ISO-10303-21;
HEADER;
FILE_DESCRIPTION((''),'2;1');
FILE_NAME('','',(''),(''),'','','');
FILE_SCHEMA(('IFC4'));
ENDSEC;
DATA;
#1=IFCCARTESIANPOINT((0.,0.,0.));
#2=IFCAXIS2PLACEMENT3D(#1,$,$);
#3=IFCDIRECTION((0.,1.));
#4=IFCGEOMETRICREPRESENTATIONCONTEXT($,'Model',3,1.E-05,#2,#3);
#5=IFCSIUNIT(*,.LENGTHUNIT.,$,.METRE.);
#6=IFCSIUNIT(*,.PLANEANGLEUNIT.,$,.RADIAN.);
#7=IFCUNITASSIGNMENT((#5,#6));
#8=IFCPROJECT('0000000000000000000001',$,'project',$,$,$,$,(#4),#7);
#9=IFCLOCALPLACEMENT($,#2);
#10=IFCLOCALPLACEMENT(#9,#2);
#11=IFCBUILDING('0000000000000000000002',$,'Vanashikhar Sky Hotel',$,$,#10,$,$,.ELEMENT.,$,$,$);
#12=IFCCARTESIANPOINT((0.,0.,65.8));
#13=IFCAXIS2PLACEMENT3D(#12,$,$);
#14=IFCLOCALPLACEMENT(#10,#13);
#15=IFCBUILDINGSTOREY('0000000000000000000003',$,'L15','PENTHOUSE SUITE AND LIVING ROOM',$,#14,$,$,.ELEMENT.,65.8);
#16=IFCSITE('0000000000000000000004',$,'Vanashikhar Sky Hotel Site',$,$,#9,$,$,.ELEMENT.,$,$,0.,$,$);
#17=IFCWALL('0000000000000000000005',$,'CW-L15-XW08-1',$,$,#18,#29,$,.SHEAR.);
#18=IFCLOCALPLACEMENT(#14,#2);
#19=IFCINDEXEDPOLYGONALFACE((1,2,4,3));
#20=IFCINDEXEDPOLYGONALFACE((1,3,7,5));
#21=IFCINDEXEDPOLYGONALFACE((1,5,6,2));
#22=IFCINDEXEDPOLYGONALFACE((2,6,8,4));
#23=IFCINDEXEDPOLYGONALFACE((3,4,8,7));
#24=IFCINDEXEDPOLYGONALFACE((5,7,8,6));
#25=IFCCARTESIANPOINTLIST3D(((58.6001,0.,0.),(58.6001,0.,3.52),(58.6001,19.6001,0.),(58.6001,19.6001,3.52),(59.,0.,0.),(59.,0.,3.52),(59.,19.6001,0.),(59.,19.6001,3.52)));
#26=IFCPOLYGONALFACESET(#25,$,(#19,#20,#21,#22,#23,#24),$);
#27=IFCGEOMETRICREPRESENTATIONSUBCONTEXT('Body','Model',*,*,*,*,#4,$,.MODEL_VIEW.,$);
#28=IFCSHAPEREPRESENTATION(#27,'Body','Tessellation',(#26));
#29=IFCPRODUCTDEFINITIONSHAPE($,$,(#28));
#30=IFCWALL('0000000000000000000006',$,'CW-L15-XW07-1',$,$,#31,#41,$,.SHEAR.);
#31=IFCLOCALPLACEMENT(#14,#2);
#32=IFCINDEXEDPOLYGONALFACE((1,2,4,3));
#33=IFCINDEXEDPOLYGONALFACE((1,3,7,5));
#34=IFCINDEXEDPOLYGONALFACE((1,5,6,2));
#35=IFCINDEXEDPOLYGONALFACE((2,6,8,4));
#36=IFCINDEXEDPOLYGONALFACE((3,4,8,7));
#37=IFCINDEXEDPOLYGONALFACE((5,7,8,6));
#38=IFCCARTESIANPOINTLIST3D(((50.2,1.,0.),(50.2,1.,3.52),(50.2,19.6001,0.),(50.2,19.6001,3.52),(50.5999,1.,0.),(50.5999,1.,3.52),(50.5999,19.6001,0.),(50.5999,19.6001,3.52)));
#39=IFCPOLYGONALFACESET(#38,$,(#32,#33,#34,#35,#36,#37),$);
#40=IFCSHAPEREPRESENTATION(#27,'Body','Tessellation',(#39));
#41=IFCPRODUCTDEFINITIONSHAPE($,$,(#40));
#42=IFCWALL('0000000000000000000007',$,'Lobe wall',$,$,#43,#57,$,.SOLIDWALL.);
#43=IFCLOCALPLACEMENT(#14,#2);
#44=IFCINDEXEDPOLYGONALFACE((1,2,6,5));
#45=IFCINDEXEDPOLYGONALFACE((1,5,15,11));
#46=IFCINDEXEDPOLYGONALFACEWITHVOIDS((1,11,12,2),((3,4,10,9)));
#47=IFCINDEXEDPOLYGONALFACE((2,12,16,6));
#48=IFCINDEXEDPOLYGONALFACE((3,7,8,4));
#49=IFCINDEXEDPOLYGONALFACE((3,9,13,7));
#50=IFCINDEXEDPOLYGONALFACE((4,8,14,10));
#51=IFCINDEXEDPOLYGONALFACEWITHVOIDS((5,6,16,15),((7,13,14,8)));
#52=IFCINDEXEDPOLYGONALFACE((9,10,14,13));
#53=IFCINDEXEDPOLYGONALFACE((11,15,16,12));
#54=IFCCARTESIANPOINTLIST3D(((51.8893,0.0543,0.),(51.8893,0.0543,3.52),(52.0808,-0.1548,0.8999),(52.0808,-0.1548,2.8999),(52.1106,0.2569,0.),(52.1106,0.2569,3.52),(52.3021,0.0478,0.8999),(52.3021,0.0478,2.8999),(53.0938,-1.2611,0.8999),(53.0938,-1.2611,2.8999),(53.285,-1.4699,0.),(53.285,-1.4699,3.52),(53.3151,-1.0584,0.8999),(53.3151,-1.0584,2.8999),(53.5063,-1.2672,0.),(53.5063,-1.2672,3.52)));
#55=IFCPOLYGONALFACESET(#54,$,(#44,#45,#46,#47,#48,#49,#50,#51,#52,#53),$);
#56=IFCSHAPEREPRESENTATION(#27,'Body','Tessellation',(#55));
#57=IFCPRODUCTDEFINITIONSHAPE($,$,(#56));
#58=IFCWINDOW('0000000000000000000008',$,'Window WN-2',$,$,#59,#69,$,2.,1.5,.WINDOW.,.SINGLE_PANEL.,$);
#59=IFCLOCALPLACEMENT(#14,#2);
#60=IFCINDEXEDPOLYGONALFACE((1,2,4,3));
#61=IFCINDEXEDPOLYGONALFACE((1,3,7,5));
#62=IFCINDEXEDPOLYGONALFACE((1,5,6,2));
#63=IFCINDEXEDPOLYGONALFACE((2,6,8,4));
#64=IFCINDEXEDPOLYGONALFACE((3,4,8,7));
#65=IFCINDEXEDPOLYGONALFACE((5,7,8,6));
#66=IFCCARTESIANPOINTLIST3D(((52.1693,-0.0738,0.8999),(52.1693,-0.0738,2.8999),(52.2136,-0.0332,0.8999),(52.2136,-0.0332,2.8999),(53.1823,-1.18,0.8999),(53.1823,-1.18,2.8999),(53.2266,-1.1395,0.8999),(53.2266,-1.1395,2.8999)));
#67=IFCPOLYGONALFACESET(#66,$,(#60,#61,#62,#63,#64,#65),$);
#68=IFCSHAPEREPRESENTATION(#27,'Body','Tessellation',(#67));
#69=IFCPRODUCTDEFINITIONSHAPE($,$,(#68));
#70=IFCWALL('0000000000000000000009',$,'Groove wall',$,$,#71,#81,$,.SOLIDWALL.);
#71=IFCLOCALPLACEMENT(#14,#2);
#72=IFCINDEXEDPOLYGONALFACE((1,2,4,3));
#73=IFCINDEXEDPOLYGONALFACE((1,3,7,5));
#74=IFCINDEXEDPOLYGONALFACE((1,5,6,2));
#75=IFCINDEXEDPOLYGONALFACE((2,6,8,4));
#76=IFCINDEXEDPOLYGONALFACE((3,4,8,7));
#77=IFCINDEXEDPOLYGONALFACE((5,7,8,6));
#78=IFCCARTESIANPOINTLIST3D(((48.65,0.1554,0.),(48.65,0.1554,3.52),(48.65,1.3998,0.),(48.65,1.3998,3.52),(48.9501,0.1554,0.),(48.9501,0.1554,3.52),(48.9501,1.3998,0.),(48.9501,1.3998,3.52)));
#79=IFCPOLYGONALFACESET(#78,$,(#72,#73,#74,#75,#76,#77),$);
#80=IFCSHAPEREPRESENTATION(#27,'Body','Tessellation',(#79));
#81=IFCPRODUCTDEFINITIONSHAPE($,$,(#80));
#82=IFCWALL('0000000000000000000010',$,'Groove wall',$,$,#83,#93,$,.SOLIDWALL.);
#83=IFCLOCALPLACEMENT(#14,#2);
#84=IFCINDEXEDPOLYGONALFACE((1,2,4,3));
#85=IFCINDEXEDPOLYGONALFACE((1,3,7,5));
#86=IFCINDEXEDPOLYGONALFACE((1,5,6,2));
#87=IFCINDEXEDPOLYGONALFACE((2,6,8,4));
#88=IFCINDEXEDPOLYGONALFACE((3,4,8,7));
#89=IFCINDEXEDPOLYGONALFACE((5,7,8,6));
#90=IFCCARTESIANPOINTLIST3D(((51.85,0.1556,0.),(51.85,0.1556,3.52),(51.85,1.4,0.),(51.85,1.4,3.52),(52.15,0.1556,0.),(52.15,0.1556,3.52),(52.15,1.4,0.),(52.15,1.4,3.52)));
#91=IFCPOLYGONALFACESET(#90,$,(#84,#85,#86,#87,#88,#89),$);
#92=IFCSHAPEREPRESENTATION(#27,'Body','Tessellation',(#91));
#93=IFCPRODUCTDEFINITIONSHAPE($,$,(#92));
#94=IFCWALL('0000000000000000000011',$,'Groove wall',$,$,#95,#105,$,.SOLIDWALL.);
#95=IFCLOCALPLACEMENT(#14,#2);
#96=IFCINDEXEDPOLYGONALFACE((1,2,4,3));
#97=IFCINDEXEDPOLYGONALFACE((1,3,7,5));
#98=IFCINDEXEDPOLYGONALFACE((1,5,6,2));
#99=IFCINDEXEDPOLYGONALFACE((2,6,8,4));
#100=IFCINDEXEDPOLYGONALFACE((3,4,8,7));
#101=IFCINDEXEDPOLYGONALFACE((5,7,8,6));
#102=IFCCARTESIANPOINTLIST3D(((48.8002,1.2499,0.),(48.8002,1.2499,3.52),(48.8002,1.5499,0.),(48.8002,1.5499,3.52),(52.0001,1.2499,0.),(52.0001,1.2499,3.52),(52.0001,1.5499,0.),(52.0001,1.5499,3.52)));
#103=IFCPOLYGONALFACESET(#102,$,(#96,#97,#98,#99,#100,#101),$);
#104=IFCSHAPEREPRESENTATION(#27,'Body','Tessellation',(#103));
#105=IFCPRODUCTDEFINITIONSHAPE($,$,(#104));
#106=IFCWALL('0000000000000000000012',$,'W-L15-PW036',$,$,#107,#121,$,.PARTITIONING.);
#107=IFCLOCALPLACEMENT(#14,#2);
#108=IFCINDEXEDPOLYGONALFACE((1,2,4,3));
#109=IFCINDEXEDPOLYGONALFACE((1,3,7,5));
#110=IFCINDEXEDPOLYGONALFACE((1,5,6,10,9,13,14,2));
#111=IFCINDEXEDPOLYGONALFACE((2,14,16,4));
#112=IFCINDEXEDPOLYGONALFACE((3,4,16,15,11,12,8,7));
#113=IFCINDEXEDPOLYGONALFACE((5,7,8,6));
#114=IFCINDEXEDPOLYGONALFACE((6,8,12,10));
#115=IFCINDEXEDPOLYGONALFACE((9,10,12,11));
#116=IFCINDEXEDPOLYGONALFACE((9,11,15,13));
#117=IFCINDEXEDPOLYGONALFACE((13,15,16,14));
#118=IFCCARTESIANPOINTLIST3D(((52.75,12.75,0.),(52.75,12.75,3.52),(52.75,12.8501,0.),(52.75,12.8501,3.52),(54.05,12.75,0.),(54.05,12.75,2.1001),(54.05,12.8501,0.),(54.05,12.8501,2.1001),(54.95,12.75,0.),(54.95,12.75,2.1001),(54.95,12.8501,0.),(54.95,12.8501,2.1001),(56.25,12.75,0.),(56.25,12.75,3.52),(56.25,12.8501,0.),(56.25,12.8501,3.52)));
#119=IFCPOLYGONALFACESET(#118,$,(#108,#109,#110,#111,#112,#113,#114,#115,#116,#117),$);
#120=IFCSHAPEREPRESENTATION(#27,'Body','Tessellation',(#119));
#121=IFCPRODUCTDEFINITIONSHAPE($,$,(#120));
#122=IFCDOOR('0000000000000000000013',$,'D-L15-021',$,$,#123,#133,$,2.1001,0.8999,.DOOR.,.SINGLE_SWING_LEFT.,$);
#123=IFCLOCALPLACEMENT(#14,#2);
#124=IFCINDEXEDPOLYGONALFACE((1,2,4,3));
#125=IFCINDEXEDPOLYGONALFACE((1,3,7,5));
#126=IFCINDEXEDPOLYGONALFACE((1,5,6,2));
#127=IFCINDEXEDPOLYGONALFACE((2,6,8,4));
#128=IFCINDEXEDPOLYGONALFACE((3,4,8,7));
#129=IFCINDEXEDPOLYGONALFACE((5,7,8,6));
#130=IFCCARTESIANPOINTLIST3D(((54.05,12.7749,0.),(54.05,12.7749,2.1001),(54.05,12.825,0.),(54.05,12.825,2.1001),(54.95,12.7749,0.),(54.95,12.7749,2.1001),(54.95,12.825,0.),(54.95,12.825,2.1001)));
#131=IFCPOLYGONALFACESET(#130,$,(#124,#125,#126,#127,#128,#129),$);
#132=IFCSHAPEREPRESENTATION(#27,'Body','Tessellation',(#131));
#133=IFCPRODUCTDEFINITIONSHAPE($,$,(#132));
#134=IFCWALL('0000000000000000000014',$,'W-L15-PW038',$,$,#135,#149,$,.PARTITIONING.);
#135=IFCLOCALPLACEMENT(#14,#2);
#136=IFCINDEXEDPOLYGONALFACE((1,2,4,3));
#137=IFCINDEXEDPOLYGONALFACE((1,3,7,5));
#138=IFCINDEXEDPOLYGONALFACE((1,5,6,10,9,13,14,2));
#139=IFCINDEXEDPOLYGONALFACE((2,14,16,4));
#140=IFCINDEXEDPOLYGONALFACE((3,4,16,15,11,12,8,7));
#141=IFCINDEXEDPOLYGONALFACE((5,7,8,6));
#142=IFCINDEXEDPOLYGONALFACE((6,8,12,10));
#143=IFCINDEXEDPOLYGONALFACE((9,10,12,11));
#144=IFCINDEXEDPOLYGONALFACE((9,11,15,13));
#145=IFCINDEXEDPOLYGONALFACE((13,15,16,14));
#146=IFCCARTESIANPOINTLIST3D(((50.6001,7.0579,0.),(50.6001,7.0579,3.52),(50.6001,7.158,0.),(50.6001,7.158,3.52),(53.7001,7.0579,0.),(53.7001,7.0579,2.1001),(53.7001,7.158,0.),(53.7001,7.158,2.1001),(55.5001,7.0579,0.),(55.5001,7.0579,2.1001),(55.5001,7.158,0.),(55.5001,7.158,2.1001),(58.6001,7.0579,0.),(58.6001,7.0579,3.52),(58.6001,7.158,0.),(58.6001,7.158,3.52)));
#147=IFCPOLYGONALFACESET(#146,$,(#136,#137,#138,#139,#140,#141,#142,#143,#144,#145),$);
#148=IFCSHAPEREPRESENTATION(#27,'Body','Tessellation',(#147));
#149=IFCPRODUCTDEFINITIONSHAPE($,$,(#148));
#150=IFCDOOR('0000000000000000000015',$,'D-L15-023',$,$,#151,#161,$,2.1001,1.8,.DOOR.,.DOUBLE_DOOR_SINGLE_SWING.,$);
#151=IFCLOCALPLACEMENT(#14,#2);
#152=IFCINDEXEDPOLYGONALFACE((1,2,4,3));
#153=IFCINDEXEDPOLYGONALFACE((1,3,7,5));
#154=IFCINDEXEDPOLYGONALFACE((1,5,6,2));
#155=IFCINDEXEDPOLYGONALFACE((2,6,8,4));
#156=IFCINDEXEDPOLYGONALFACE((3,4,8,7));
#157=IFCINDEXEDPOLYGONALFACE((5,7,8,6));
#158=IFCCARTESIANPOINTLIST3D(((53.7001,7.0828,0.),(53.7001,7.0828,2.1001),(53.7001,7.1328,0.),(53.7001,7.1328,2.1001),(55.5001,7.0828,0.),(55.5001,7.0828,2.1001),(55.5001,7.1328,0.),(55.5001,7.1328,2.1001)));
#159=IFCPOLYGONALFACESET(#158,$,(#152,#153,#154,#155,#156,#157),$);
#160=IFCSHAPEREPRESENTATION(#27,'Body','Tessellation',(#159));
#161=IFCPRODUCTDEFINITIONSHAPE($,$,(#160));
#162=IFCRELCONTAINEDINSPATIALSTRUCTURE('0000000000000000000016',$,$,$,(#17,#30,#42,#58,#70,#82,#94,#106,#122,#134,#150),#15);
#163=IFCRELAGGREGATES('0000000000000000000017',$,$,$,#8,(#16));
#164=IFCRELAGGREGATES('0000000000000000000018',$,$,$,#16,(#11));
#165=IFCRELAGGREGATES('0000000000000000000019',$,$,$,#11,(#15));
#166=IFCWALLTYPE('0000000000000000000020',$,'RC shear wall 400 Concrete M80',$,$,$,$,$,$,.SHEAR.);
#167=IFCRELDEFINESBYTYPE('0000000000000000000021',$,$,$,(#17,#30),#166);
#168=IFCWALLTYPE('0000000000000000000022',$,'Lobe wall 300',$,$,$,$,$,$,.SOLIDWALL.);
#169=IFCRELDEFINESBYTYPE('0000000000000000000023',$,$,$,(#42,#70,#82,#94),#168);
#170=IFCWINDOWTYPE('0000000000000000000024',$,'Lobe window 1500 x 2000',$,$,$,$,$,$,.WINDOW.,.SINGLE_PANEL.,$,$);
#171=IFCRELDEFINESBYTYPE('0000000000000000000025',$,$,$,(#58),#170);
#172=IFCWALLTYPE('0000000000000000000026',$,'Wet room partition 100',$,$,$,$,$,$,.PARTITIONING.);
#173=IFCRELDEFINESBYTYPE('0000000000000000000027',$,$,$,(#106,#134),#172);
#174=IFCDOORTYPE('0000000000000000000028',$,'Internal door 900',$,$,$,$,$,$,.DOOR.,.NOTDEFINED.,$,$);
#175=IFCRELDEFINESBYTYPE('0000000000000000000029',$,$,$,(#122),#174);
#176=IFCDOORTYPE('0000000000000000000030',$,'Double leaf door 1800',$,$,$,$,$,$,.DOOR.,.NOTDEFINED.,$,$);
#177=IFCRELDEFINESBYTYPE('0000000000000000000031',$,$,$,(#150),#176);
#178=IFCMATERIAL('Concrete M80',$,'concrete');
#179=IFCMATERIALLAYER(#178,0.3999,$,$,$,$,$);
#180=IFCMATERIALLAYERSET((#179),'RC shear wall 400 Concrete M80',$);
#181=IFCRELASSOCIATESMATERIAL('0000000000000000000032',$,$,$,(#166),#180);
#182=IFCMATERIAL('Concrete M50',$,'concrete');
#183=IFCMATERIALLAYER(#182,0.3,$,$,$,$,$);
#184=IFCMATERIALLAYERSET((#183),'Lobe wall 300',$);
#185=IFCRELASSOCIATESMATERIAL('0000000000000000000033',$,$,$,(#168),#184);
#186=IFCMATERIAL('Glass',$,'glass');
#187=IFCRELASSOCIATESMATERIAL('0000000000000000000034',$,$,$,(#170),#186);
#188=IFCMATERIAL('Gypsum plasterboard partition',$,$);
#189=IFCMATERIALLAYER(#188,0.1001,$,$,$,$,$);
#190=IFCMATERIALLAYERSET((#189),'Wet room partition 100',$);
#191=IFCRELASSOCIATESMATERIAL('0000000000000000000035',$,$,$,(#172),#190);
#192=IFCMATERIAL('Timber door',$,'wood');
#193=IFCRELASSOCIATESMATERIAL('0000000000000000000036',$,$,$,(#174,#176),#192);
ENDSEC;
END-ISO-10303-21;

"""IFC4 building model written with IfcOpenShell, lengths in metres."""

from ifc_helpers import new_model, si_unit, direction, frame, frame_2d, origin, place, context, subcontext, project, spatial, rectangle, extrude, source, transform, mapped, material, layer, layer_set, type_object, element, fill, save


model = new_model("IFC4")

# Units and contexts
model_context = context("Model", 3, precision=1e-05, world=origin(), true_north=direction((0.0, 1.0)))
body_context = subcontext(model_context, "Body", "Model", "MODEL_VIEW")
ifc_project = project(units=[si_unit("LENGTHUNIT", "METRE"), si_unit("PLANEANGLEUNIT", "RADIAN")], contexts=[model_context])

# Site, building, storey
site_placement = place(None, origin())
site = spatial("IfcSite", under=ifc_project, at=site_placement, Name="Vanashikhar Sky Hotel Site", CompositionType="ELEMENT", RefElevation=0.0)
building_placement = place(site_placement, origin())
building = spatial("IfcBuilding", under=site, at=building_placement, Name="Vanashikhar Sky Hotel", CompositionType="ELEMENT")
storey_placement = place(building_placement, frame((0.0, 0.0, 65.8)))
storey = spatial("IfcBuildingStorey", under=building, at=storey_placement, Name="L15", Description="PENTHOUSE SUITE AND LIVING ROOM", CompositionType="ELEMENT", Elevation=65.8)

# Walls
ifc_material_1 = material(Name="Concrete M80", Category="concrete")
ifc_layer_1 = layer(ifc_material_1, 0.3999)
ifc_layer_set_1 = layer_set([ifc_layer_1], Name="RC shear wall 400 Concrete M80")
wall_type_1 = type_object("IfcWallType", Name="RC shear wall 400 Concrete M80", PredefinedType="SHEAR", material=ifc_layer_set_1)
shared_shape_1 = source(origin(), body_context, "Body", "SweptSolid", [
    extrude(rectangle(XDim=19.6001, YDim=0.3999, at=frame_2d((9.8, 0.0))), origin(), (0.0, 0.0, 1.0), 3.52),
])
wall_1_placement = place(storey_placement, frame((58.8, 0.0, 0.0), z_axis=(0.0, 0.0, 1.0), x_axis=(0.0, 1.0, 0.0)))
element("IfcWall", 1, at=wall_1_placement, inside=storey, type_object=wall_type_1, Name="CW-L15-XW08-1", PredefinedType="SHEAR", context=body_context, shape_type="MappedRepresentation", body=[
    mapped(shared_shape_1, transform((0.0, 0.0, 0.0), scale=1.0)),
])
shared_shape_2 = source(origin(), body_context, "Body", "SweptSolid", [
    extrude(rectangle(XDim=18.6001, YDim=0.3999, at=frame_2d((9.3, 0.0))), origin(), (0.0, 0.0, 1.0), 3.52),
])
wall_2_placement = place(storey_placement, frame((50.3999, 1.0, 0.0), z_axis=(0.0, 0.0, 1.0), x_axis=(0.0, 1.0, 0.0)))
element("IfcWall", 2, at=wall_2_placement, inside=storey, type_object=wall_type_1, Name="CW-L15-XW07-1", PredefinedType="SHEAR", context=body_context, shape_type="MappedRepresentation", body=[
    mapped(shared_shape_2, transform((0.0, 0.0, 0.0), scale=1.0)),
])

# Wall, opening, window
ifc_material_2 = material(Name="Concrete M50", Category="concrete")
ifc_layer_2 = layer(ifc_material_2, 0.3)
ifc_layer_set_2 = layer_set([ifc_layer_2], Name="Lobe wall 300")
wall_type_2 = type_object("IfcWallType", Name="Lobe wall 300", PredefinedType="SOLIDWALL", material=ifc_layer_set_2)
shared_shape_3 = source(origin(), body_context, "Body", "SweptSolid", [
    extrude(rectangle(XDim=2.0667, YDim=0.3, at=frame_2d((1.0332, 0.0))), origin(), (0.0, 0.0, 1.0), 3.52),
])
wall_3_placement = place(storey_placement, frame((52.0, 0.1555, 0.0), z_axis=(0.0, 0.0, 1.0), x_axis=(0.675355, -0.737492, 0.0)))
wall_3 = element("IfcWall", 3, at=wall_3_placement, inside=storey, type_object=wall_type_2, Name="Lobe wall", PredefinedType="SOLIDWALL", context=body_context, shape_type="MappedRepresentation", body=[
    mapped(shared_shape_3, transform((0.0, 0.0, 0.0), scale=1.0)),
])
shared_shape_4 = source(origin(), body_context, "Body", "SweptSolid", [
    extrude(rectangle(XDim=1.5, YDim=2.0, at=frame_2d((0.75, 1.0))), frame((0.0, 0.1602, 0.0), z_axis=(0.0, -1.0, 0.0), x_axis=(1.0, 0.0, 0.0)), (0.0, 0.0, 1.0), 0.3201),
])
opening_1_placement = place(wall_3_placement, frame((0.2834, 0.0, 0.8999)))
opening_1 = element("IfcOpeningElement", 4, at=opening_1_placement, cuts=wall_3, PredefinedType="OPENING", context=body_context, shape_type="MappedRepresentation", body=[
    mapped(shared_shape_4, transform((0.0, 0.0, 0.0), scale=1.0)),
])
ifc_material_3 = material(Name="Glass", Category="glass")
window_type = type_object("IfcWindowType", Name="Lobe window 1500 x 2000", PartitioningType="SINGLE_PANEL", PredefinedType="WINDOW", material=ifc_material_3)
shared_shape_5 = source(origin(), body_context, "Body", "SweptSolid", [
    extrude(rectangle(XDim=1.5, YDim=2.0, at=frame_2d((0.75, 1.0))), frame((0.0, 0.03, 0.0), z_axis=(0.0, -1.0, 0.0), x_axis=(1.0, 0.0, 0.0)), (0.0, 0.0, 1.0), 0.0601),
])
window_placement = place(opening_1_placement, origin())
window = element("IfcWindow", 5, at=window_placement, inside=storey, type_object=window_type, Name="Window WN-2", OverallHeight=2.0, OverallWidth=1.5, PartitioningType="SINGLE_PANEL", PredefinedType="WINDOW", context=body_context, shape_type="MappedRepresentation", body=[
    mapped(shared_shape_5, transform((0.0, 0.0, 0.0), scale=1.0)),
])
fill(opening_1, window)

# Walls
shared_shape_6 = source(origin(), body_context, "Body", "SweptSolid", [
    extrude(rectangle(XDim=1.2444, YDim=0.3, at=frame_2d((0.6221, 0.0))), origin(), (0.0, 0.0, 1.0), 3.52),
])
for number, where, z_axis, x_axis, name in (
    (6, (48.8, 0.1555, 0.0), (0.0, 0.0, 1.0), (0.0, 1.0, 0.0), "Groove wall"),
    (7, (52.0, 1.3999, 0.0), (0.0, 0.0, 1.0), (0.0, -1.0, 0.0), "Groove wall"),
):
    element("IfcWall", number, at=place(storey_placement, frame(where, z_axis=z_axis, x_axis=x_axis)), inside=storey, type_object=wall_type_2, Name=name, PredefinedType="SOLIDWALL", context=body_context, shape_type="MappedRepresentation", body=[
        mapped(shared_shape_6, transform((0.0, 0.0, 0.0), scale=1.0)),
    ])
shared_shape_7 = source(origin(), body_context, "Body", "SweptSolid", [
    extrude(rectangle(XDim=3.2, YDim=0.3, at=frame_2d((1.6001, 0.0))), origin(), (0.0, 0.0, 1.0), 3.52),
])
wall_4_placement = place(storey_placement, frame((48.8, 1.3999, 0.0), z_axis=(0.0, 0.0, 1.0), x_axis=(1.0, 0.0, 0.0)))
element("IfcWall", 8, at=wall_4_placement, inside=storey, type_object=wall_type_2, Name="Groove wall", PredefinedType="SOLIDWALL", context=body_context, shape_type="MappedRepresentation", body=[
    mapped(shared_shape_7, transform((0.0, 0.0, 0.0), scale=1.0)),
])

# Walls, openings, doors
ifc_material_4 = material(Name="Gypsum plasterboard partition")
ifc_layer_3 = layer(ifc_material_4, 0.1001)
ifc_layer_set_3 = layer_set([ifc_layer_3], Name="Wet room partition 100")
wall_type_3 = type_object("IfcWallType", Name="Wet room partition 100", PredefinedType="PARTITIONING", material=ifc_layer_set_3)
shared_shape_8 = source(origin(), body_context, "Body", "SweptSolid", [
    extrude(rectangle(XDim=3.5, YDim=0.1001, at=frame_2d((1.75, 0.0))), origin(), (0.0, 0.0, 1.0), 3.52),
])
wall_5_placement = place(storey_placement, frame((52.75, 12.8, 0.0), z_axis=(0.0, 0.0, 1.0), x_axis=(1.0, 0.0, 0.0)))
wall_5 = element("IfcWall", 9, at=wall_5_placement, inside=storey, type_object=wall_type_3, Name="W-L15-PW036", PredefinedType="PARTITIONING", context=body_context, shape_type="MappedRepresentation", body=[
    mapped(shared_shape_8, transform((0.0, 0.0, 0.0), scale=1.0)),
])
shared_shape_9 = source(origin(), body_context, "Body", "SweptSolid", [
    extrude(rectangle(XDim=0.8999, YDim=2.1001, at=frame_2d((0.45, 1.05))), frame((0.0, 0.0601, 0.0), z_axis=(0.0, -1.0, 0.0), x_axis=(1.0, 0.0, 0.0)), (0.0, 0.0, 1.0), 0.1201),
])
opening_2_placement = place(wall_5_placement, frame((1.3, 0.0, 0.0)))
opening_2 = element("IfcOpeningElement", 10, at=opening_2_placement, cuts=wall_5, PredefinedType="OPENING", context=body_context, shape_type="MappedRepresentation", body=[
    mapped(shared_shape_9, transform((0.0, 0.0, 0.0), scale=1.0)),
])
ifc_material_5 = material(Name="Timber door", Category="wood")
door_type_1 = type_object("IfcDoorType", Name="Internal door 900", OperationType="NOTDEFINED", PredefinedType="DOOR", material=ifc_material_5)
shared_shape_10 = source(origin(), body_context, "Body", "SweptSolid", [
    extrude(rectangle(XDim=0.8999, YDim=2.1001, at=frame_2d((0.45, 1.05))), frame((0.0, 0.0249, 0.0), z_axis=(0.0, -1.0, 0.0), x_axis=(1.0, 0.0, 0.0)), (0.0, 0.0, 1.0), 0.05),
])
door_1_placement = place(opening_2_placement, origin())
door_1 = element("IfcDoor", 11, at=door_1_placement, inside=storey, type_object=door_type_1, Name="D-L15-021", OperationType="SINGLE_SWING_LEFT", OverallHeight=2.1001, OverallWidth=0.8999, PredefinedType="DOOR", context=body_context, shape_type="MappedRepresentation", body=[
    mapped(shared_shape_10, transform((0.0, 0.0, 0.0), scale=1.0)),
])
fill(opening_2, door_1)
shared_shape_11 = source(origin(), body_context, "Body", "SweptSolid", [
    extrude(rectangle(XDim=8.0, YDim=0.1001, at=frame_2d((4.0, 0.0))), origin(), (0.0, 0.0, 1.0), 3.52),
])
wall_6_placement = place(storey_placement, frame((50.6001, 7.1079, 0.0), z_axis=(0.0, 0.0, 1.0), x_axis=(1.0, 0.0, 0.0)))
wall_6 = element("IfcWall", 12, at=wall_6_placement, inside=storey, type_object=wall_type_3, Name="W-L15-PW038", PredefinedType="PARTITIONING", context=body_context, shape_type="MappedRepresentation", body=[
    mapped(shared_shape_11, transform((0.0, 0.0, 0.0), scale=1.0)),
])
shared_shape_12 = source(origin(), body_context, "Body", "SweptSolid", [
    extrude(rectangle(XDim=1.8, YDim=2.1001, at=frame_2d((0.8999, 1.05))), frame((0.0, 0.0601, 0.0), z_axis=(0.0, -1.0, 0.0), x_axis=(1.0, 0.0, 0.0)), (0.0, 0.0, 1.0), 0.1201),
])
opening_3_placement = place(wall_6_placement, frame((3.1001, 0.0, 0.0)))
opening_3 = element("IfcOpeningElement", 13, at=opening_3_placement, cuts=wall_6, PredefinedType="OPENING", context=body_context, shape_type="MappedRepresentation", body=[
    mapped(shared_shape_12, transform((0.0, 0.0, 0.0), scale=1.0)),
])
door_type_2 = type_object("IfcDoorType", Name="Double leaf door 1800", OperationType="NOTDEFINED", PredefinedType="DOOR", material=ifc_material_5)
shared_shape_13 = source(origin(), body_context, "Body", "SweptSolid", [
    extrude(rectangle(XDim=1.8, YDim=2.1001, at=frame_2d((0.8999, 1.05))), frame((0.0, 0.0249, 0.0), z_axis=(0.0, -1.0, 0.0), x_axis=(1.0, 0.0, 0.0)), (0.0, 0.0, 1.0), 0.05),
])
door_2_placement = place(opening_3_placement, origin())
door_2 = element("IfcDoor", 14, at=door_2_placement, inside=storey, type_object=door_type_2, Name="D-L15-023", OperationType="DOUBLE_DOOR_SINGLE_SWING", OverallHeight=2.1001, OverallWidth=1.8, PredefinedType="DOOR", context=body_context, shape_type="MappedRepresentation", body=[
    mapped(shared_shape_13, transform((0.0, 0.0, 0.0), scale=1.0)),
])
fill(opening_3, door_2)

save(model, "model.ifc")
